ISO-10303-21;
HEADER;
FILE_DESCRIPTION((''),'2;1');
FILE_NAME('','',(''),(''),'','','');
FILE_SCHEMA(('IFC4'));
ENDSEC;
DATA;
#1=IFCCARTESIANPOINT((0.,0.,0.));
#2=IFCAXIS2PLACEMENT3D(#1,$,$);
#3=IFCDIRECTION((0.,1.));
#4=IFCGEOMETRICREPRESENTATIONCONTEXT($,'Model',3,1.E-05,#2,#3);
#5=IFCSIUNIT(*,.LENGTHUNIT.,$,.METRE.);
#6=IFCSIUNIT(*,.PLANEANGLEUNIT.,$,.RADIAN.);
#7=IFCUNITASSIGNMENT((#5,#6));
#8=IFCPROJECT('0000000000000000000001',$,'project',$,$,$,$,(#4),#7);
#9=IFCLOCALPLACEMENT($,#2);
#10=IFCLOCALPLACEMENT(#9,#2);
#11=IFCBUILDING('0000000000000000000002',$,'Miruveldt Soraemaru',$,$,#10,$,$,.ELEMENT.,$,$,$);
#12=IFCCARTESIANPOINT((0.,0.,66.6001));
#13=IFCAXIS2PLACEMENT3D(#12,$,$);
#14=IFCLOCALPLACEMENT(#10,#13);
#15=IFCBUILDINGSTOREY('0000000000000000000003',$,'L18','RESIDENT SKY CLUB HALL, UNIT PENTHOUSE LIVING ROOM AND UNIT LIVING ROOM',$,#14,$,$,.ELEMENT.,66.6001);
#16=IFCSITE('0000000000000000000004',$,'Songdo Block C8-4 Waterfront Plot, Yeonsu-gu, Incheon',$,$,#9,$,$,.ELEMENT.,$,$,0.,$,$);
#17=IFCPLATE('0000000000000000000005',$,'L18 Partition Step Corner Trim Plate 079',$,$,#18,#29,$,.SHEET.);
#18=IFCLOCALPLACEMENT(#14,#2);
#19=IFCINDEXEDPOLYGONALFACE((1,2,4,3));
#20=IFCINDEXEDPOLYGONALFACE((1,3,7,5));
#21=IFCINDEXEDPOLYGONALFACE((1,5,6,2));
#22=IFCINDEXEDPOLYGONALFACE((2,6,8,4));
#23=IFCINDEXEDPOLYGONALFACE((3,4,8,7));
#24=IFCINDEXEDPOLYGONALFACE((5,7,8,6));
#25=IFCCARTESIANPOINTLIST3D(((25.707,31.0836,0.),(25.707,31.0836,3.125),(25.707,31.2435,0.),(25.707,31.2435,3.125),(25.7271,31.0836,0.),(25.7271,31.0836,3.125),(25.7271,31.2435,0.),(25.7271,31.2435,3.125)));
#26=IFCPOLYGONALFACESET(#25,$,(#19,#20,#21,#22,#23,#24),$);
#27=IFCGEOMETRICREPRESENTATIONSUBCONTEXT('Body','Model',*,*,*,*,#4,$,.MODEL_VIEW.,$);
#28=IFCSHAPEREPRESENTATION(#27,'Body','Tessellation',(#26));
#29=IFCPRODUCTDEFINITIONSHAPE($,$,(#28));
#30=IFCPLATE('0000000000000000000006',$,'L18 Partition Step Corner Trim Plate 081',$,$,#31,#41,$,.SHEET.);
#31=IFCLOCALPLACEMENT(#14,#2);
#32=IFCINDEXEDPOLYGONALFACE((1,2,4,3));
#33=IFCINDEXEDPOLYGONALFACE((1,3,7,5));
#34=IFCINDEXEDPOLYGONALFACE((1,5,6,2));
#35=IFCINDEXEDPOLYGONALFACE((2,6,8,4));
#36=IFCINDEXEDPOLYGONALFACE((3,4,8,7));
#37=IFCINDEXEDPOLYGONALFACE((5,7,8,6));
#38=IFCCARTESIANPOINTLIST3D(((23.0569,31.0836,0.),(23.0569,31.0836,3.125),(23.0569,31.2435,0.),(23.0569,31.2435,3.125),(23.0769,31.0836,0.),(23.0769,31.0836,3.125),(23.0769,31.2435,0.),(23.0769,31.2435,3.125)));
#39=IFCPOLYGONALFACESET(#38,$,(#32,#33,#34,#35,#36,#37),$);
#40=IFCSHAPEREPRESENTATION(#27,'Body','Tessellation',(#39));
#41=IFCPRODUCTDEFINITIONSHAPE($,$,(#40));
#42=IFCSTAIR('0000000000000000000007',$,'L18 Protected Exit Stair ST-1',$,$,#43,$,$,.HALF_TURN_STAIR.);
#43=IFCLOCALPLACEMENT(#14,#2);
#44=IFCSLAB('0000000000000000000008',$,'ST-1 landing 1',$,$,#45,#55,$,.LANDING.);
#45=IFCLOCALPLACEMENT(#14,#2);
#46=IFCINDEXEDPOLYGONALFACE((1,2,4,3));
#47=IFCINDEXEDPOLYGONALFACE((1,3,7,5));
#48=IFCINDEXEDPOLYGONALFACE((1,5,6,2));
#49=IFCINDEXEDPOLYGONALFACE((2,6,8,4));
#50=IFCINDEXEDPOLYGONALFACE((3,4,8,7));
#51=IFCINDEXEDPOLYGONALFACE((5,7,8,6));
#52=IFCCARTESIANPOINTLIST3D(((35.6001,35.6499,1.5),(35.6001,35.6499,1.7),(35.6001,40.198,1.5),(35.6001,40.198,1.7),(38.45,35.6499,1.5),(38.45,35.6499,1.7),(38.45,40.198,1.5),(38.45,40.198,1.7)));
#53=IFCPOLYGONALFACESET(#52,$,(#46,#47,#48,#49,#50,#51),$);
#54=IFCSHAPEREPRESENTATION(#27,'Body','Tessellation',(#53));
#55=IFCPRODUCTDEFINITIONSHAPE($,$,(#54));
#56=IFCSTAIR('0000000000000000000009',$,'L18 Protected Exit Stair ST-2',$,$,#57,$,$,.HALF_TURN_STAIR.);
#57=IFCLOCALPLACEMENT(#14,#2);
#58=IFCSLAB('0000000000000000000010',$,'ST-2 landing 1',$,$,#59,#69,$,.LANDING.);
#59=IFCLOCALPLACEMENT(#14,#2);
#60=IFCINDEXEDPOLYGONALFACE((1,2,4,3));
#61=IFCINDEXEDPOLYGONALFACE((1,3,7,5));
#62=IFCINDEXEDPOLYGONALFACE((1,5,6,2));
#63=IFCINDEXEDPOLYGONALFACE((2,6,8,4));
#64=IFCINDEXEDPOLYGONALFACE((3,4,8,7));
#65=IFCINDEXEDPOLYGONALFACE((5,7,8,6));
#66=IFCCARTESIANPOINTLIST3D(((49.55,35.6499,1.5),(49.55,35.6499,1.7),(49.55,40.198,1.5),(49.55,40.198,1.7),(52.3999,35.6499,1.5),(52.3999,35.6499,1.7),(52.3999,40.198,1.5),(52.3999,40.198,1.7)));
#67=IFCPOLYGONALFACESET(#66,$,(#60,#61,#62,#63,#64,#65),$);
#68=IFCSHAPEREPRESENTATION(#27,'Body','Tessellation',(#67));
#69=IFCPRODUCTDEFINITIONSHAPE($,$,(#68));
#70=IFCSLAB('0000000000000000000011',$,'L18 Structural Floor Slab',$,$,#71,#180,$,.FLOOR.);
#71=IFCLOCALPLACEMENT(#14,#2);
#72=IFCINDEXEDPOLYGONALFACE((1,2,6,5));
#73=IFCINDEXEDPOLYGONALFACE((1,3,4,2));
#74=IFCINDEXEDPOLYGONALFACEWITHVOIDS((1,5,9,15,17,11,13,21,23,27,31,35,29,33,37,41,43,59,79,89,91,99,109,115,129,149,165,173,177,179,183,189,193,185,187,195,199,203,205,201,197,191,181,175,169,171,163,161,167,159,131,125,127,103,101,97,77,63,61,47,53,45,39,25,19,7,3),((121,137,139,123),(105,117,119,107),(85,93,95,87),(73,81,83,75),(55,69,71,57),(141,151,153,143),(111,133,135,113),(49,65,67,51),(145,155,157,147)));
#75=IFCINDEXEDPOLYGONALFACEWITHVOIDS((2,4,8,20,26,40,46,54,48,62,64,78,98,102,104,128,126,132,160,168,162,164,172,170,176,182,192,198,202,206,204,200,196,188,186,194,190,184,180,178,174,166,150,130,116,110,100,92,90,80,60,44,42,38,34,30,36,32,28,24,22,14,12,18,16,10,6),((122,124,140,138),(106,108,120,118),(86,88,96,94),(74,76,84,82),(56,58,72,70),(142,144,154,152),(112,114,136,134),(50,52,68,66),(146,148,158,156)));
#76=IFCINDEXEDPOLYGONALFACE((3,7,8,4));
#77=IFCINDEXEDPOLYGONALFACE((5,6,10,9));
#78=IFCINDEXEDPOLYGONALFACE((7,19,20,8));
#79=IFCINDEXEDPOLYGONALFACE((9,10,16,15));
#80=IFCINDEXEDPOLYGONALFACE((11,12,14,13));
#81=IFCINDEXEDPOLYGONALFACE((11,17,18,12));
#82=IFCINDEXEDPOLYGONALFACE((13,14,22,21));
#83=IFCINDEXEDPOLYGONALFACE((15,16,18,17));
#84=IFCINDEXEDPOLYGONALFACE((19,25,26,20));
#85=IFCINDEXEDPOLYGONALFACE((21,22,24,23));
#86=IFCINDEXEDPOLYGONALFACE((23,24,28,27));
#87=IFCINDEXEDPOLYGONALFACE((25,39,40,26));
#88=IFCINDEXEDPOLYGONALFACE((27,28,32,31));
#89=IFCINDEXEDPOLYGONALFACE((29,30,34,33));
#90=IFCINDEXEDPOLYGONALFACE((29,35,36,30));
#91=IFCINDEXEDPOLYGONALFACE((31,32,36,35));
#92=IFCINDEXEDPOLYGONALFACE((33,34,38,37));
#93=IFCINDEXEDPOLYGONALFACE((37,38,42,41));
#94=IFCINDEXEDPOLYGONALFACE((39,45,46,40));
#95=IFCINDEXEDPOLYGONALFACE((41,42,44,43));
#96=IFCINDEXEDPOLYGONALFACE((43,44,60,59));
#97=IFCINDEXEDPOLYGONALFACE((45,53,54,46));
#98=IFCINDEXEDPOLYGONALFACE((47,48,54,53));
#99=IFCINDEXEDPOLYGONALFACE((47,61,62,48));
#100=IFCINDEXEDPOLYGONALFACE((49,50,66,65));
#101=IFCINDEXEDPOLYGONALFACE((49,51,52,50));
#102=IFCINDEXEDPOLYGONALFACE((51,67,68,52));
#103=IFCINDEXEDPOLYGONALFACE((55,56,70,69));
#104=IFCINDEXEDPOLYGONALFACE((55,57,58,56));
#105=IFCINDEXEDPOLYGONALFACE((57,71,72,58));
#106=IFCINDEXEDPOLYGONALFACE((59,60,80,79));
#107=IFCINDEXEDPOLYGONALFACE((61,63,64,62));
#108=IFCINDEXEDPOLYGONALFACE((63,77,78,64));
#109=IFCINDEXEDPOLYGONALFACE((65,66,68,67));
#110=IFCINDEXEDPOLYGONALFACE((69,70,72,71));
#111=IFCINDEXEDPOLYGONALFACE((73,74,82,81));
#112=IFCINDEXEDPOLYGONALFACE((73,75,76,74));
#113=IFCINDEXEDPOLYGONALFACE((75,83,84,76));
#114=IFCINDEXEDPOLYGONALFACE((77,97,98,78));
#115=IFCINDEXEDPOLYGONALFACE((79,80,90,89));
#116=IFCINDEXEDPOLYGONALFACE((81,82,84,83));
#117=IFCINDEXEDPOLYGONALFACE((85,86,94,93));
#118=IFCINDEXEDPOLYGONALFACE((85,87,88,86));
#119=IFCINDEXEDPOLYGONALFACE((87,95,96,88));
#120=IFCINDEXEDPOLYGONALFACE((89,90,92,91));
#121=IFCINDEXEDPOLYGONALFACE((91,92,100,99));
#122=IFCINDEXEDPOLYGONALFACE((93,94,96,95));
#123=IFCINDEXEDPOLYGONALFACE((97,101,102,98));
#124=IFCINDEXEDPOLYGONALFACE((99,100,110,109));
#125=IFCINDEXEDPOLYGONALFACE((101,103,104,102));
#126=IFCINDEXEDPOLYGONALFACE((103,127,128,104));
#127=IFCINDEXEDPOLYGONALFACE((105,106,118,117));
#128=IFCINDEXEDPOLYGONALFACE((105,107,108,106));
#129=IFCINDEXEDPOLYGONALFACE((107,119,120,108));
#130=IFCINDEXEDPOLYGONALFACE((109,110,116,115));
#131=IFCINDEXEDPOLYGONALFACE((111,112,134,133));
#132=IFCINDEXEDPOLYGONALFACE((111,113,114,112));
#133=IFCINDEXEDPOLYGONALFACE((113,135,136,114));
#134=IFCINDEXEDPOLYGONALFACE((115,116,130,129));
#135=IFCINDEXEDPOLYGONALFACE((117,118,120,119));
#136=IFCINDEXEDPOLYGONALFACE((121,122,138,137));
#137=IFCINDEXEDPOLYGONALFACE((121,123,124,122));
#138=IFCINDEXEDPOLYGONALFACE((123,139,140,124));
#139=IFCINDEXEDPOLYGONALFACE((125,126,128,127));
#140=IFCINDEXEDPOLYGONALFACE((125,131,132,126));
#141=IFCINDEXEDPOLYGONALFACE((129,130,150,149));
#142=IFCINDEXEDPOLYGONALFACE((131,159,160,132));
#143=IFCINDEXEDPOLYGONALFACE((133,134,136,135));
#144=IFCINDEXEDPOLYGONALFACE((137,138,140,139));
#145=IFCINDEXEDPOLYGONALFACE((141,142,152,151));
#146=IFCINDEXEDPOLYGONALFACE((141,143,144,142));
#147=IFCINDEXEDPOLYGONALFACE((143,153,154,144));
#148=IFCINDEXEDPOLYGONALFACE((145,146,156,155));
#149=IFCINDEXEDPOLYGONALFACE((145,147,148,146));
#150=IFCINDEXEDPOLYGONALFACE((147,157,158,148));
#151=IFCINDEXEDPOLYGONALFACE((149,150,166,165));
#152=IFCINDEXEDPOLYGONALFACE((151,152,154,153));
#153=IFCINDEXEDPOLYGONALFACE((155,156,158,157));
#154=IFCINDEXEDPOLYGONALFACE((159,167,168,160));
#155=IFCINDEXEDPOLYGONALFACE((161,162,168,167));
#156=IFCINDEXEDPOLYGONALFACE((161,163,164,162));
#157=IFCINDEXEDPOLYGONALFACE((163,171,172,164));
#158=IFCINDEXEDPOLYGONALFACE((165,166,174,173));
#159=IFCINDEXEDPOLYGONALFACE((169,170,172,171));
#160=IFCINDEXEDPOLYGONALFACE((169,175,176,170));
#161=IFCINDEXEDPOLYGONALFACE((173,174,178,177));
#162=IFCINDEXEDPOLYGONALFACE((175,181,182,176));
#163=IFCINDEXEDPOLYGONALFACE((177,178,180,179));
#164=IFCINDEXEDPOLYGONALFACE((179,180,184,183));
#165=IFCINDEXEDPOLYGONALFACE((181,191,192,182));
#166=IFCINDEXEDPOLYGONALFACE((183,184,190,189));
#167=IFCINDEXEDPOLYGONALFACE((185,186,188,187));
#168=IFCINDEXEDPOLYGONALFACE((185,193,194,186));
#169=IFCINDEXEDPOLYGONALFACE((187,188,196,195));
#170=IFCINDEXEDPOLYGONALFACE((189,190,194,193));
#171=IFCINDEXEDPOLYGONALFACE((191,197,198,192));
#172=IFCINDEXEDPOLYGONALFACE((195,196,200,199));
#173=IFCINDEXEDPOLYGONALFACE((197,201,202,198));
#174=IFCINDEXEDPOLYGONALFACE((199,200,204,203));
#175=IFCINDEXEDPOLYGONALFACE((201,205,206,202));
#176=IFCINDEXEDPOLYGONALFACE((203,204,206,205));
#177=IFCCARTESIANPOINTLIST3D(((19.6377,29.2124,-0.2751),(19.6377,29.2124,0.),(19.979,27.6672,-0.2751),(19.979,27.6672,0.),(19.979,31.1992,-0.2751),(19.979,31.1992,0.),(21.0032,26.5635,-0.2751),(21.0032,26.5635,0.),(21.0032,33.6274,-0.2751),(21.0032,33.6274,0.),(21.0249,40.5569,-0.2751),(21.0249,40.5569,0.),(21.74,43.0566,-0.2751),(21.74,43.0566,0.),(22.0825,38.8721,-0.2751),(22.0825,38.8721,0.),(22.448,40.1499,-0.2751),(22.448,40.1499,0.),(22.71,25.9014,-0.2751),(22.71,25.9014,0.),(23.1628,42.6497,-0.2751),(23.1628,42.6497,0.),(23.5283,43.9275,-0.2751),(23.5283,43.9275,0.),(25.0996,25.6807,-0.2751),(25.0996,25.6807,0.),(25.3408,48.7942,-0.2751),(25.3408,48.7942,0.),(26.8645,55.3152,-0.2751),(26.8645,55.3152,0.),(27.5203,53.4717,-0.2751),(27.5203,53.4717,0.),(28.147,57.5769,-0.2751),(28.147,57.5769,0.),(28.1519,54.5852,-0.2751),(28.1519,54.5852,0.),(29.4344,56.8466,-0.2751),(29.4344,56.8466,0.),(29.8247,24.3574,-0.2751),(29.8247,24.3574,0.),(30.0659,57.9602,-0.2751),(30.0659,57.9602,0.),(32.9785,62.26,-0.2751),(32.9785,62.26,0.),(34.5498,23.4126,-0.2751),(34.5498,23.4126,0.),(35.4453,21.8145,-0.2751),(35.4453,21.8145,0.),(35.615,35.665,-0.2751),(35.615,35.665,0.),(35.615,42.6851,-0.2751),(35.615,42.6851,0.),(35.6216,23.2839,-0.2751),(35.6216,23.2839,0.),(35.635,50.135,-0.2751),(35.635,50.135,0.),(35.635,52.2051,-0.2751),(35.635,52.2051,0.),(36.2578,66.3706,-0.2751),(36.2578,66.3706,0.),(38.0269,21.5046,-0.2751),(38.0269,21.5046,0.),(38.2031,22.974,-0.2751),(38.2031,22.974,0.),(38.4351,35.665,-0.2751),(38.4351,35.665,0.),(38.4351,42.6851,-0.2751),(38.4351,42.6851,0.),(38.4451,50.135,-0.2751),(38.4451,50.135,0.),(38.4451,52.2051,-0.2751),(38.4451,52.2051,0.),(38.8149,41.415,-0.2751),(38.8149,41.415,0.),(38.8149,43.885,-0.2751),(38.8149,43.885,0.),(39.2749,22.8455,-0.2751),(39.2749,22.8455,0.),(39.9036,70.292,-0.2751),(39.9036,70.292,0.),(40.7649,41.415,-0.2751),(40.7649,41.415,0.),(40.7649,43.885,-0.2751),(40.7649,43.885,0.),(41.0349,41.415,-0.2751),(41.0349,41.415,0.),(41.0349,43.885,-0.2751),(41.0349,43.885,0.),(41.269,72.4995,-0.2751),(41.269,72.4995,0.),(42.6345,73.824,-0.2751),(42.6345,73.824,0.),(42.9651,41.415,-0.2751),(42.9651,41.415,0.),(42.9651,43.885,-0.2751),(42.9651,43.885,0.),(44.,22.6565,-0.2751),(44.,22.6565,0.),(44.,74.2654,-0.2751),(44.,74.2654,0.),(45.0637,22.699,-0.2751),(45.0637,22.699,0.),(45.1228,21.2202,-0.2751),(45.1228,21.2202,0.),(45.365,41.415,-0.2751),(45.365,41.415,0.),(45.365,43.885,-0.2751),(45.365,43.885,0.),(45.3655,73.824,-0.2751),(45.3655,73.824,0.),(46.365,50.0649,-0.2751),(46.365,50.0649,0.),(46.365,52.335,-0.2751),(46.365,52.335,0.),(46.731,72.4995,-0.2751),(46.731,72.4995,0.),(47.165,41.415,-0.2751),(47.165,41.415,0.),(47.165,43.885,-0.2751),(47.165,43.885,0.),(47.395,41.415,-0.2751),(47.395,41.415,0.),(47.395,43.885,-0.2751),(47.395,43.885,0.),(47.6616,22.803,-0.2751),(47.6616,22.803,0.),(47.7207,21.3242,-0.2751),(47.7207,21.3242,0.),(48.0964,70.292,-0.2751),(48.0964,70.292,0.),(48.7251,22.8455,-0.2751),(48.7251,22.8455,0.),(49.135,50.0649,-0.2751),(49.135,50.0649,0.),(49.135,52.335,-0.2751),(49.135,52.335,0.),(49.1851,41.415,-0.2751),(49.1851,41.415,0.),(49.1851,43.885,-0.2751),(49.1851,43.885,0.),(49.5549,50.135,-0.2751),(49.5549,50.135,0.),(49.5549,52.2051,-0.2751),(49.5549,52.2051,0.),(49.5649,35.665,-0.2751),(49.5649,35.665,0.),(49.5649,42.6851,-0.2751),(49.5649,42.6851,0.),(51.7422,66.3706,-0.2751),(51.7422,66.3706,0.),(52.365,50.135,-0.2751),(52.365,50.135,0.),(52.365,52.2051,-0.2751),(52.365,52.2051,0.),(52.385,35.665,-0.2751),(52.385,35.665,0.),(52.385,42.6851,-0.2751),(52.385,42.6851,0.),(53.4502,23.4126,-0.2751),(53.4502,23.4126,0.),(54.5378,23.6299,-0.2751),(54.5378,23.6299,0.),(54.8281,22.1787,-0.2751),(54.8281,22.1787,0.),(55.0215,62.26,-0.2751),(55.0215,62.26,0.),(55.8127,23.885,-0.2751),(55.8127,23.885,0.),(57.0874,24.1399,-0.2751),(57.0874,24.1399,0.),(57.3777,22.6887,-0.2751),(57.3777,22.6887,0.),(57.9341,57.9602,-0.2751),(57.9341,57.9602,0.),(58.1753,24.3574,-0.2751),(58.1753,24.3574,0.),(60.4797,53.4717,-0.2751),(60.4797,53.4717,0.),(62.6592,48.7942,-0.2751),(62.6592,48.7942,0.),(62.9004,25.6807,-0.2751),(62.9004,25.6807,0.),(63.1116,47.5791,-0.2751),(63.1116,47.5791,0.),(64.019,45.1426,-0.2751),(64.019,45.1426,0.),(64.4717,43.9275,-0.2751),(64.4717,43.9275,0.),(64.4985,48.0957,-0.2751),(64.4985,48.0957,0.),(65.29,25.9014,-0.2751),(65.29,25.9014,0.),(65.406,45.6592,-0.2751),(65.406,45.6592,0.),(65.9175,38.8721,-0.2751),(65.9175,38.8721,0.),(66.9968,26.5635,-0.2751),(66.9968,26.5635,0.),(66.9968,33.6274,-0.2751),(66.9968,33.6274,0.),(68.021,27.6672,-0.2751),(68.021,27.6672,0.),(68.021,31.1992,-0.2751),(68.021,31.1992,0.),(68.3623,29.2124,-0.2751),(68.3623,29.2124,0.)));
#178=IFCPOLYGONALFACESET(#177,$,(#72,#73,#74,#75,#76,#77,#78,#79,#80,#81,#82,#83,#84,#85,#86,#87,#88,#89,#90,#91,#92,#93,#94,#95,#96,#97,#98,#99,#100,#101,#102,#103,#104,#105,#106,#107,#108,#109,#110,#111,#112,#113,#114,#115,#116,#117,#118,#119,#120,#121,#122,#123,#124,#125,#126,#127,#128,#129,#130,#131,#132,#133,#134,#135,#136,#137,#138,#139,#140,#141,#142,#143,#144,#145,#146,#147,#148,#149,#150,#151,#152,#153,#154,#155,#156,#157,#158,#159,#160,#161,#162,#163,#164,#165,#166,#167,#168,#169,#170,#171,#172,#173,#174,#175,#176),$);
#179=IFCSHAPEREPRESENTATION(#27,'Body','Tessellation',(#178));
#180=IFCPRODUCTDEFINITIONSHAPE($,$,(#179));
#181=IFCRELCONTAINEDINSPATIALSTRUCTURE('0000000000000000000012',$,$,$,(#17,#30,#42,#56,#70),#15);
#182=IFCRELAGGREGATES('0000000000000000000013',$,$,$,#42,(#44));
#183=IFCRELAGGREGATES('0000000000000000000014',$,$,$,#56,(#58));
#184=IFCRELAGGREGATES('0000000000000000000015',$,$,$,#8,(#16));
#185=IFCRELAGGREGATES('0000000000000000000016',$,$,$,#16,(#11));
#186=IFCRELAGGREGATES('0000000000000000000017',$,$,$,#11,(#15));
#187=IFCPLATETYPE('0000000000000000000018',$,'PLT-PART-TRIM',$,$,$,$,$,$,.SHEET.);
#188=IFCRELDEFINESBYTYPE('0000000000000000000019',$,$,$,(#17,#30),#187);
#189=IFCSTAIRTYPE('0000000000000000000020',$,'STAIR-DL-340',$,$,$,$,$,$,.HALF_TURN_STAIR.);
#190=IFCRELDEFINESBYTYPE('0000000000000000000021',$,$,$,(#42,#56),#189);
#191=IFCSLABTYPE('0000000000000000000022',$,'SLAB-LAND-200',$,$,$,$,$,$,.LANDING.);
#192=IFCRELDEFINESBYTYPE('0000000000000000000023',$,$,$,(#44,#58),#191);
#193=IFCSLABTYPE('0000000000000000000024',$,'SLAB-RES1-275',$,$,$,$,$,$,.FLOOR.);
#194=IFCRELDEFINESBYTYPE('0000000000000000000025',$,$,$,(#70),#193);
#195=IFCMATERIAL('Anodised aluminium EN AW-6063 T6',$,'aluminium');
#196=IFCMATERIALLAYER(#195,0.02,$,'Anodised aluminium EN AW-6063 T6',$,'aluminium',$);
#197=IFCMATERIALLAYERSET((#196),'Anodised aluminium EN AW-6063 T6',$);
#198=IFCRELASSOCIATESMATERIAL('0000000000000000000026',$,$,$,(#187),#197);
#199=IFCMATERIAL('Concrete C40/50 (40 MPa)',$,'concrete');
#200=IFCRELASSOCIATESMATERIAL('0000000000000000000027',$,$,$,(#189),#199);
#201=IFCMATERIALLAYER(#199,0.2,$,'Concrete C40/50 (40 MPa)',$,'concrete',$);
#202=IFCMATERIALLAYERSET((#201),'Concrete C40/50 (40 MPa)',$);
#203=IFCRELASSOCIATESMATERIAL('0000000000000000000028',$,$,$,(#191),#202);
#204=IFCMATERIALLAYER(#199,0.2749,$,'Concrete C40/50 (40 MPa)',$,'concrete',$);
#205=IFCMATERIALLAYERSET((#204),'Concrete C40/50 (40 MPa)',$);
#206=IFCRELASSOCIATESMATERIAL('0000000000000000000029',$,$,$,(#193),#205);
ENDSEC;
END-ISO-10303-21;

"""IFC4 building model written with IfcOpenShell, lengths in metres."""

from ifc_helpers import new_model, si_unit, direction, frame, origin, origin_2d, place, context, subcontext, project, spatial, polyline, rectangle, outline, extrude, material, layer, layer_set, type_object, element, aggregate, save


model = new_model("IFC4")

# Units and contexts
model_context = context("Model", 3, precision=1e-05, world=origin(), true_north=direction((0.0, 1.0)))
body_context = subcontext(model_context, "Body", "Model", "MODEL_VIEW")
ifc_project = project(units=[si_unit("LENGTHUNIT", "METRE"), si_unit("PLANEANGLEUNIT", "RADIAN")], contexts=[model_context])

# Site, building, storey
site_placement = place(None, origin())
site = spatial("IfcSite", under=ifc_project, at=site_placement, Name="Songdo Block C8-4 Waterfront Plot, Yeonsu-gu, Incheon", CompositionType="ELEMENT", RefElevation=0.0)
building_placement = place(site_placement, origin())
building = spatial("IfcBuilding", under=site, at=building_placement, Name="Miruveldt Soraemaru", CompositionType="ELEMENT")
storey_placement = place(building_placement, frame((0.0, 0.0, 66.6001)))
storey = spatial("IfcBuildingStorey", under=building, at=storey_placement, Name="L18", Description="RESIDENT SKY CLUB HALL, UNIT PENTHOUSE LIVING ROOM AND UNIT LIVING ROOM", CompositionType="ELEMENT", Elevation=66.6001)

# Plates
ifc_material_1 = material(Name="Anodised aluminium EN AW-6063 T6", Category="aluminium")
ifc_layer_1 = layer(ifc_material_1, 0.02, Name="Anodised aluminium EN AW-6063 T6", Category="aluminium")
ifc_layer_set_1 = layer_set([ifc_layer_1], Name="Anodised aluminium EN AW-6063 T6")
plate_type = type_object("IfcPlateType", Name="PLT-PART-TRIM", PredefinedType="SHEET", material=ifc_layer_set_1)
for number, where, z_axis, x_axis, name in (
    (1, (25.717, 31.1636, 0.0), (0.0, 0.0, 1.0), (0.0, 1.0, 0.0), "L18 Partition Step Corner Trim Plate 079"),
    (2, (23.0669, 31.1636, 0.0), (0.0, 0.0, 1.0), (0.0, -1.0, 0.0), "L18 Partition Step Corner Trim Plate 081"),
):
    element("IfcPlate", number, at=place(storey_placement, frame(where, z_axis=z_axis, x_axis=x_axis)), inside=storey, type_object=plate_type, Name=name, PredefinedType="SHEET", context=body_context, shape_type="SweptSolid", body=[
        extrude(rectangle(XDim=0.1599, YDim=0.02, at=origin_2d()), origin(), (0.0, 0.0, 1.0), 3.125),
    ])

# Stairs, slabs
ifc_material_2 = material(Name="Concrete C40/50 (40 MPa)", Category="concrete")
stair_type = type_object("IfcStairType", Name="STAIR-DL-340", PredefinedType="HALF_TURN_STAIR", material=ifc_material_2)
stair_1_placement = place(storey_placement, origin())
stair_1 = element("IfcStair", 3, at=stair_1_placement, inside=storey, type_object=stair_type, Name="L18 Protected Exit Stair ST-1", PredefinedType="HALF_TURN_STAIR")
ifc_layer_2 = layer(ifc_material_2, 0.2, Name="Concrete C40/50 (40 MPa)", Category="concrete")
ifc_layer_set_2 = layer_set([ifc_layer_2], Name="Concrete C40/50 (40 MPa)")
slab_type_1 = type_object("IfcSlabType", Name="SLAB-LAND-200", PredefinedType="LANDING", material=ifc_layer_set_2)
slab_1_placement = place(storey_placement, frame((0.0, 0.0, 1.5)))
slab_1 = element("IfcSlab", 4, at=slab_1_placement, type_object=slab_type_1, Name="ST-1 landing 1", PredefinedType="LANDING", context=body_context, shape_type="SweptSolid", body=[
    extrude(outline(polyline([(35.6001, 40.198), (35.6001, 35.6499), (38.45, 35.6499), (38.45, 40.198), (35.6001, 40.198)])), origin(), (0.0, 0.0, 1.0), 0.2),
])
aggregate(stair_1, [slab_1])
stair_2_placement = place(storey_placement, origin())
stair_2 = element("IfcStair", 5, at=stair_2_placement, inside=storey, type_object=stair_type, Name="L18 Protected Exit Stair ST-2", PredefinedType="HALF_TURN_STAIR")
slab_2_placement = place(storey_placement, frame((0.0, 0.0, 1.5)))
slab_2 = element("IfcSlab", 6, at=slab_2_placement, type_object=slab_type_1, Name="ST-2 landing 1", PredefinedType="LANDING", context=body_context, shape_type="SweptSolid", body=[
    extrude(outline(polyline([(49.55, 40.198), (49.55, 35.6499), (52.3999, 35.6499), (52.3999, 40.198), (49.55, 40.198)])), origin(), (0.0, 0.0, 1.0), 0.2),
])
aggregate(stair_2, [slab_2])

# Slab
ifc_layer_3 = layer(ifc_material_2, 0.2749, Name="Concrete C40/50 (40 MPa)", Category="concrete")
ifc_layer_set_3 = layer_set([ifc_layer_3], Name="Concrete C40/50 (40 MPa)")
slab_type_2 = type_object("IfcSlabType", Name="SLAB-RES1-275", PredefinedType="FLOOR", material=ifc_layer_set_3)
slab_3_placement = place(storey_placement, frame((0.0, 0.0, -0.2751)))
element("IfcSlab", 7, at=slab_3_placement, inside=storey, type_object=slab_type_2, Name="L18 Structural Floor Slab", PredefinedType="FLOOR", context=body_context, shape_type="SweptSolid", body=[
    extrude(outline(polyline([(45.1228, 21.2202), (45.0637, 22.699), (46.3625, 22.751), (44.0, 22.6565), (39.2749, 22.8455), (36.9124, 23.1289), (38.2031, 22.9741), (38.0269, 21.5046), (35.4453, 21.8145), (35.6216, 23.2839), (34.5498, 23.4126), (29.8247, 24.3574), (25.0996, 25.6807), (22.71, 25.9014), (21.0032, 26.5635), (19.979, 27.6672), (19.6377, 29.2124), (19.979, 31.1992), (21.0032, 33.6274), (22.0825, 38.8721), (22.8054, 41.3999), (22.448, 40.1499), (21.0249, 40.5569), (21.74, 43.0566), (23.1628, 42.6497), (23.5283, 43.9275), (25.3408, 48.7942), (27.5203, 53.4717), (28.1519, 54.5852), (26.8645, 55.3152), (28.147, 57.5769), (29.4343, 56.8467), (28.7932, 55.7161), (30.0659, 57.9602), (32.9785, 62.26), (36.2578, 66.3706), (39.9036, 70.292), (41.269, 72.4995), (42.6345, 73.824), (44.0, 74.2654), (45.3655, 73.824), (46.731, 72.4995), (48.0964, 70.292), (51.7422, 66.3706), (55.0215, 62.26), (57.9341, 57.9602), (60.4797, 53.4717), (62.6592, 48.7942), (63.1116, 47.5791), (64.4985, 48.0957), (65.406, 45.6592), (64.019, 45.1426), (63.5652, 46.3608), (64.4717, 43.9275), (65.9175, 38.8721), (66.9968, 33.6274), (68.021, 31.1992), (68.3623, 29.2124), (68.021, 27.6672), (66.9968, 26.5635), (65.29, 25.9014), (62.9004, 25.6807), (58.1753, 24.3574), (57.0874, 24.1399), (57.3777, 22.6887), (54.8281, 22.1787), (54.5378, 23.6299), (55.8127, 23.885), (53.4502, 23.4126), (48.7251, 22.8455), (47.6616, 22.803), (47.7207, 21.3242), (45.1228, 21.2202)]), holes=[polyline([(35.615, 35.665), (38.4351, 35.665), (38.4351, 42.6851), (35.615, 42.6851), (35.615, 35.665)]), polyline([(49.5649, 35.665), (52.385, 35.665), (52.385, 42.6851), (49.5649, 42.6851), (49.5649, 35.665)]), polyline([(40.7649, 41.415), (40.7649, 43.885), (38.8149, 43.885), (38.8149, 41.415), (40.7649, 41.415)]), polyline([(42.9651, 41.415), (42.9651, 43.885), (41.0349, 43.885), (41.0349, 41.415), (42.9651, 41.415)]), polyline([(47.165, 41.415), (47.165, 43.885), (45.365, 43.885), (45.365, 41.415), (47.165, 41.415)]), polyline([(49.1851, 41.415), (49.1851, 43.885), (47.395, 43.885), (47.395, 41.415), (49.1851, 41.415)]), polyline([(38.4451, 50.135), (38.4451, 52.2051), (35.635, 52.2051), (35.635, 50.135), (38.4451, 50.135)]), polyline([(49.5549, 50.135), (52.365, 50.135), (52.365, 52.2051), (49.5549, 52.2051), (49.5549, 50.135)]), polyline([(46.365, 50.0649), (49.135, 50.0649), (49.135, 52.335), (46.365, 52.335), (46.365, 50.0649)])]), origin(), (0.0, 0.0, 1.0), 0.2751),
])

save(model, "model.ifc")
